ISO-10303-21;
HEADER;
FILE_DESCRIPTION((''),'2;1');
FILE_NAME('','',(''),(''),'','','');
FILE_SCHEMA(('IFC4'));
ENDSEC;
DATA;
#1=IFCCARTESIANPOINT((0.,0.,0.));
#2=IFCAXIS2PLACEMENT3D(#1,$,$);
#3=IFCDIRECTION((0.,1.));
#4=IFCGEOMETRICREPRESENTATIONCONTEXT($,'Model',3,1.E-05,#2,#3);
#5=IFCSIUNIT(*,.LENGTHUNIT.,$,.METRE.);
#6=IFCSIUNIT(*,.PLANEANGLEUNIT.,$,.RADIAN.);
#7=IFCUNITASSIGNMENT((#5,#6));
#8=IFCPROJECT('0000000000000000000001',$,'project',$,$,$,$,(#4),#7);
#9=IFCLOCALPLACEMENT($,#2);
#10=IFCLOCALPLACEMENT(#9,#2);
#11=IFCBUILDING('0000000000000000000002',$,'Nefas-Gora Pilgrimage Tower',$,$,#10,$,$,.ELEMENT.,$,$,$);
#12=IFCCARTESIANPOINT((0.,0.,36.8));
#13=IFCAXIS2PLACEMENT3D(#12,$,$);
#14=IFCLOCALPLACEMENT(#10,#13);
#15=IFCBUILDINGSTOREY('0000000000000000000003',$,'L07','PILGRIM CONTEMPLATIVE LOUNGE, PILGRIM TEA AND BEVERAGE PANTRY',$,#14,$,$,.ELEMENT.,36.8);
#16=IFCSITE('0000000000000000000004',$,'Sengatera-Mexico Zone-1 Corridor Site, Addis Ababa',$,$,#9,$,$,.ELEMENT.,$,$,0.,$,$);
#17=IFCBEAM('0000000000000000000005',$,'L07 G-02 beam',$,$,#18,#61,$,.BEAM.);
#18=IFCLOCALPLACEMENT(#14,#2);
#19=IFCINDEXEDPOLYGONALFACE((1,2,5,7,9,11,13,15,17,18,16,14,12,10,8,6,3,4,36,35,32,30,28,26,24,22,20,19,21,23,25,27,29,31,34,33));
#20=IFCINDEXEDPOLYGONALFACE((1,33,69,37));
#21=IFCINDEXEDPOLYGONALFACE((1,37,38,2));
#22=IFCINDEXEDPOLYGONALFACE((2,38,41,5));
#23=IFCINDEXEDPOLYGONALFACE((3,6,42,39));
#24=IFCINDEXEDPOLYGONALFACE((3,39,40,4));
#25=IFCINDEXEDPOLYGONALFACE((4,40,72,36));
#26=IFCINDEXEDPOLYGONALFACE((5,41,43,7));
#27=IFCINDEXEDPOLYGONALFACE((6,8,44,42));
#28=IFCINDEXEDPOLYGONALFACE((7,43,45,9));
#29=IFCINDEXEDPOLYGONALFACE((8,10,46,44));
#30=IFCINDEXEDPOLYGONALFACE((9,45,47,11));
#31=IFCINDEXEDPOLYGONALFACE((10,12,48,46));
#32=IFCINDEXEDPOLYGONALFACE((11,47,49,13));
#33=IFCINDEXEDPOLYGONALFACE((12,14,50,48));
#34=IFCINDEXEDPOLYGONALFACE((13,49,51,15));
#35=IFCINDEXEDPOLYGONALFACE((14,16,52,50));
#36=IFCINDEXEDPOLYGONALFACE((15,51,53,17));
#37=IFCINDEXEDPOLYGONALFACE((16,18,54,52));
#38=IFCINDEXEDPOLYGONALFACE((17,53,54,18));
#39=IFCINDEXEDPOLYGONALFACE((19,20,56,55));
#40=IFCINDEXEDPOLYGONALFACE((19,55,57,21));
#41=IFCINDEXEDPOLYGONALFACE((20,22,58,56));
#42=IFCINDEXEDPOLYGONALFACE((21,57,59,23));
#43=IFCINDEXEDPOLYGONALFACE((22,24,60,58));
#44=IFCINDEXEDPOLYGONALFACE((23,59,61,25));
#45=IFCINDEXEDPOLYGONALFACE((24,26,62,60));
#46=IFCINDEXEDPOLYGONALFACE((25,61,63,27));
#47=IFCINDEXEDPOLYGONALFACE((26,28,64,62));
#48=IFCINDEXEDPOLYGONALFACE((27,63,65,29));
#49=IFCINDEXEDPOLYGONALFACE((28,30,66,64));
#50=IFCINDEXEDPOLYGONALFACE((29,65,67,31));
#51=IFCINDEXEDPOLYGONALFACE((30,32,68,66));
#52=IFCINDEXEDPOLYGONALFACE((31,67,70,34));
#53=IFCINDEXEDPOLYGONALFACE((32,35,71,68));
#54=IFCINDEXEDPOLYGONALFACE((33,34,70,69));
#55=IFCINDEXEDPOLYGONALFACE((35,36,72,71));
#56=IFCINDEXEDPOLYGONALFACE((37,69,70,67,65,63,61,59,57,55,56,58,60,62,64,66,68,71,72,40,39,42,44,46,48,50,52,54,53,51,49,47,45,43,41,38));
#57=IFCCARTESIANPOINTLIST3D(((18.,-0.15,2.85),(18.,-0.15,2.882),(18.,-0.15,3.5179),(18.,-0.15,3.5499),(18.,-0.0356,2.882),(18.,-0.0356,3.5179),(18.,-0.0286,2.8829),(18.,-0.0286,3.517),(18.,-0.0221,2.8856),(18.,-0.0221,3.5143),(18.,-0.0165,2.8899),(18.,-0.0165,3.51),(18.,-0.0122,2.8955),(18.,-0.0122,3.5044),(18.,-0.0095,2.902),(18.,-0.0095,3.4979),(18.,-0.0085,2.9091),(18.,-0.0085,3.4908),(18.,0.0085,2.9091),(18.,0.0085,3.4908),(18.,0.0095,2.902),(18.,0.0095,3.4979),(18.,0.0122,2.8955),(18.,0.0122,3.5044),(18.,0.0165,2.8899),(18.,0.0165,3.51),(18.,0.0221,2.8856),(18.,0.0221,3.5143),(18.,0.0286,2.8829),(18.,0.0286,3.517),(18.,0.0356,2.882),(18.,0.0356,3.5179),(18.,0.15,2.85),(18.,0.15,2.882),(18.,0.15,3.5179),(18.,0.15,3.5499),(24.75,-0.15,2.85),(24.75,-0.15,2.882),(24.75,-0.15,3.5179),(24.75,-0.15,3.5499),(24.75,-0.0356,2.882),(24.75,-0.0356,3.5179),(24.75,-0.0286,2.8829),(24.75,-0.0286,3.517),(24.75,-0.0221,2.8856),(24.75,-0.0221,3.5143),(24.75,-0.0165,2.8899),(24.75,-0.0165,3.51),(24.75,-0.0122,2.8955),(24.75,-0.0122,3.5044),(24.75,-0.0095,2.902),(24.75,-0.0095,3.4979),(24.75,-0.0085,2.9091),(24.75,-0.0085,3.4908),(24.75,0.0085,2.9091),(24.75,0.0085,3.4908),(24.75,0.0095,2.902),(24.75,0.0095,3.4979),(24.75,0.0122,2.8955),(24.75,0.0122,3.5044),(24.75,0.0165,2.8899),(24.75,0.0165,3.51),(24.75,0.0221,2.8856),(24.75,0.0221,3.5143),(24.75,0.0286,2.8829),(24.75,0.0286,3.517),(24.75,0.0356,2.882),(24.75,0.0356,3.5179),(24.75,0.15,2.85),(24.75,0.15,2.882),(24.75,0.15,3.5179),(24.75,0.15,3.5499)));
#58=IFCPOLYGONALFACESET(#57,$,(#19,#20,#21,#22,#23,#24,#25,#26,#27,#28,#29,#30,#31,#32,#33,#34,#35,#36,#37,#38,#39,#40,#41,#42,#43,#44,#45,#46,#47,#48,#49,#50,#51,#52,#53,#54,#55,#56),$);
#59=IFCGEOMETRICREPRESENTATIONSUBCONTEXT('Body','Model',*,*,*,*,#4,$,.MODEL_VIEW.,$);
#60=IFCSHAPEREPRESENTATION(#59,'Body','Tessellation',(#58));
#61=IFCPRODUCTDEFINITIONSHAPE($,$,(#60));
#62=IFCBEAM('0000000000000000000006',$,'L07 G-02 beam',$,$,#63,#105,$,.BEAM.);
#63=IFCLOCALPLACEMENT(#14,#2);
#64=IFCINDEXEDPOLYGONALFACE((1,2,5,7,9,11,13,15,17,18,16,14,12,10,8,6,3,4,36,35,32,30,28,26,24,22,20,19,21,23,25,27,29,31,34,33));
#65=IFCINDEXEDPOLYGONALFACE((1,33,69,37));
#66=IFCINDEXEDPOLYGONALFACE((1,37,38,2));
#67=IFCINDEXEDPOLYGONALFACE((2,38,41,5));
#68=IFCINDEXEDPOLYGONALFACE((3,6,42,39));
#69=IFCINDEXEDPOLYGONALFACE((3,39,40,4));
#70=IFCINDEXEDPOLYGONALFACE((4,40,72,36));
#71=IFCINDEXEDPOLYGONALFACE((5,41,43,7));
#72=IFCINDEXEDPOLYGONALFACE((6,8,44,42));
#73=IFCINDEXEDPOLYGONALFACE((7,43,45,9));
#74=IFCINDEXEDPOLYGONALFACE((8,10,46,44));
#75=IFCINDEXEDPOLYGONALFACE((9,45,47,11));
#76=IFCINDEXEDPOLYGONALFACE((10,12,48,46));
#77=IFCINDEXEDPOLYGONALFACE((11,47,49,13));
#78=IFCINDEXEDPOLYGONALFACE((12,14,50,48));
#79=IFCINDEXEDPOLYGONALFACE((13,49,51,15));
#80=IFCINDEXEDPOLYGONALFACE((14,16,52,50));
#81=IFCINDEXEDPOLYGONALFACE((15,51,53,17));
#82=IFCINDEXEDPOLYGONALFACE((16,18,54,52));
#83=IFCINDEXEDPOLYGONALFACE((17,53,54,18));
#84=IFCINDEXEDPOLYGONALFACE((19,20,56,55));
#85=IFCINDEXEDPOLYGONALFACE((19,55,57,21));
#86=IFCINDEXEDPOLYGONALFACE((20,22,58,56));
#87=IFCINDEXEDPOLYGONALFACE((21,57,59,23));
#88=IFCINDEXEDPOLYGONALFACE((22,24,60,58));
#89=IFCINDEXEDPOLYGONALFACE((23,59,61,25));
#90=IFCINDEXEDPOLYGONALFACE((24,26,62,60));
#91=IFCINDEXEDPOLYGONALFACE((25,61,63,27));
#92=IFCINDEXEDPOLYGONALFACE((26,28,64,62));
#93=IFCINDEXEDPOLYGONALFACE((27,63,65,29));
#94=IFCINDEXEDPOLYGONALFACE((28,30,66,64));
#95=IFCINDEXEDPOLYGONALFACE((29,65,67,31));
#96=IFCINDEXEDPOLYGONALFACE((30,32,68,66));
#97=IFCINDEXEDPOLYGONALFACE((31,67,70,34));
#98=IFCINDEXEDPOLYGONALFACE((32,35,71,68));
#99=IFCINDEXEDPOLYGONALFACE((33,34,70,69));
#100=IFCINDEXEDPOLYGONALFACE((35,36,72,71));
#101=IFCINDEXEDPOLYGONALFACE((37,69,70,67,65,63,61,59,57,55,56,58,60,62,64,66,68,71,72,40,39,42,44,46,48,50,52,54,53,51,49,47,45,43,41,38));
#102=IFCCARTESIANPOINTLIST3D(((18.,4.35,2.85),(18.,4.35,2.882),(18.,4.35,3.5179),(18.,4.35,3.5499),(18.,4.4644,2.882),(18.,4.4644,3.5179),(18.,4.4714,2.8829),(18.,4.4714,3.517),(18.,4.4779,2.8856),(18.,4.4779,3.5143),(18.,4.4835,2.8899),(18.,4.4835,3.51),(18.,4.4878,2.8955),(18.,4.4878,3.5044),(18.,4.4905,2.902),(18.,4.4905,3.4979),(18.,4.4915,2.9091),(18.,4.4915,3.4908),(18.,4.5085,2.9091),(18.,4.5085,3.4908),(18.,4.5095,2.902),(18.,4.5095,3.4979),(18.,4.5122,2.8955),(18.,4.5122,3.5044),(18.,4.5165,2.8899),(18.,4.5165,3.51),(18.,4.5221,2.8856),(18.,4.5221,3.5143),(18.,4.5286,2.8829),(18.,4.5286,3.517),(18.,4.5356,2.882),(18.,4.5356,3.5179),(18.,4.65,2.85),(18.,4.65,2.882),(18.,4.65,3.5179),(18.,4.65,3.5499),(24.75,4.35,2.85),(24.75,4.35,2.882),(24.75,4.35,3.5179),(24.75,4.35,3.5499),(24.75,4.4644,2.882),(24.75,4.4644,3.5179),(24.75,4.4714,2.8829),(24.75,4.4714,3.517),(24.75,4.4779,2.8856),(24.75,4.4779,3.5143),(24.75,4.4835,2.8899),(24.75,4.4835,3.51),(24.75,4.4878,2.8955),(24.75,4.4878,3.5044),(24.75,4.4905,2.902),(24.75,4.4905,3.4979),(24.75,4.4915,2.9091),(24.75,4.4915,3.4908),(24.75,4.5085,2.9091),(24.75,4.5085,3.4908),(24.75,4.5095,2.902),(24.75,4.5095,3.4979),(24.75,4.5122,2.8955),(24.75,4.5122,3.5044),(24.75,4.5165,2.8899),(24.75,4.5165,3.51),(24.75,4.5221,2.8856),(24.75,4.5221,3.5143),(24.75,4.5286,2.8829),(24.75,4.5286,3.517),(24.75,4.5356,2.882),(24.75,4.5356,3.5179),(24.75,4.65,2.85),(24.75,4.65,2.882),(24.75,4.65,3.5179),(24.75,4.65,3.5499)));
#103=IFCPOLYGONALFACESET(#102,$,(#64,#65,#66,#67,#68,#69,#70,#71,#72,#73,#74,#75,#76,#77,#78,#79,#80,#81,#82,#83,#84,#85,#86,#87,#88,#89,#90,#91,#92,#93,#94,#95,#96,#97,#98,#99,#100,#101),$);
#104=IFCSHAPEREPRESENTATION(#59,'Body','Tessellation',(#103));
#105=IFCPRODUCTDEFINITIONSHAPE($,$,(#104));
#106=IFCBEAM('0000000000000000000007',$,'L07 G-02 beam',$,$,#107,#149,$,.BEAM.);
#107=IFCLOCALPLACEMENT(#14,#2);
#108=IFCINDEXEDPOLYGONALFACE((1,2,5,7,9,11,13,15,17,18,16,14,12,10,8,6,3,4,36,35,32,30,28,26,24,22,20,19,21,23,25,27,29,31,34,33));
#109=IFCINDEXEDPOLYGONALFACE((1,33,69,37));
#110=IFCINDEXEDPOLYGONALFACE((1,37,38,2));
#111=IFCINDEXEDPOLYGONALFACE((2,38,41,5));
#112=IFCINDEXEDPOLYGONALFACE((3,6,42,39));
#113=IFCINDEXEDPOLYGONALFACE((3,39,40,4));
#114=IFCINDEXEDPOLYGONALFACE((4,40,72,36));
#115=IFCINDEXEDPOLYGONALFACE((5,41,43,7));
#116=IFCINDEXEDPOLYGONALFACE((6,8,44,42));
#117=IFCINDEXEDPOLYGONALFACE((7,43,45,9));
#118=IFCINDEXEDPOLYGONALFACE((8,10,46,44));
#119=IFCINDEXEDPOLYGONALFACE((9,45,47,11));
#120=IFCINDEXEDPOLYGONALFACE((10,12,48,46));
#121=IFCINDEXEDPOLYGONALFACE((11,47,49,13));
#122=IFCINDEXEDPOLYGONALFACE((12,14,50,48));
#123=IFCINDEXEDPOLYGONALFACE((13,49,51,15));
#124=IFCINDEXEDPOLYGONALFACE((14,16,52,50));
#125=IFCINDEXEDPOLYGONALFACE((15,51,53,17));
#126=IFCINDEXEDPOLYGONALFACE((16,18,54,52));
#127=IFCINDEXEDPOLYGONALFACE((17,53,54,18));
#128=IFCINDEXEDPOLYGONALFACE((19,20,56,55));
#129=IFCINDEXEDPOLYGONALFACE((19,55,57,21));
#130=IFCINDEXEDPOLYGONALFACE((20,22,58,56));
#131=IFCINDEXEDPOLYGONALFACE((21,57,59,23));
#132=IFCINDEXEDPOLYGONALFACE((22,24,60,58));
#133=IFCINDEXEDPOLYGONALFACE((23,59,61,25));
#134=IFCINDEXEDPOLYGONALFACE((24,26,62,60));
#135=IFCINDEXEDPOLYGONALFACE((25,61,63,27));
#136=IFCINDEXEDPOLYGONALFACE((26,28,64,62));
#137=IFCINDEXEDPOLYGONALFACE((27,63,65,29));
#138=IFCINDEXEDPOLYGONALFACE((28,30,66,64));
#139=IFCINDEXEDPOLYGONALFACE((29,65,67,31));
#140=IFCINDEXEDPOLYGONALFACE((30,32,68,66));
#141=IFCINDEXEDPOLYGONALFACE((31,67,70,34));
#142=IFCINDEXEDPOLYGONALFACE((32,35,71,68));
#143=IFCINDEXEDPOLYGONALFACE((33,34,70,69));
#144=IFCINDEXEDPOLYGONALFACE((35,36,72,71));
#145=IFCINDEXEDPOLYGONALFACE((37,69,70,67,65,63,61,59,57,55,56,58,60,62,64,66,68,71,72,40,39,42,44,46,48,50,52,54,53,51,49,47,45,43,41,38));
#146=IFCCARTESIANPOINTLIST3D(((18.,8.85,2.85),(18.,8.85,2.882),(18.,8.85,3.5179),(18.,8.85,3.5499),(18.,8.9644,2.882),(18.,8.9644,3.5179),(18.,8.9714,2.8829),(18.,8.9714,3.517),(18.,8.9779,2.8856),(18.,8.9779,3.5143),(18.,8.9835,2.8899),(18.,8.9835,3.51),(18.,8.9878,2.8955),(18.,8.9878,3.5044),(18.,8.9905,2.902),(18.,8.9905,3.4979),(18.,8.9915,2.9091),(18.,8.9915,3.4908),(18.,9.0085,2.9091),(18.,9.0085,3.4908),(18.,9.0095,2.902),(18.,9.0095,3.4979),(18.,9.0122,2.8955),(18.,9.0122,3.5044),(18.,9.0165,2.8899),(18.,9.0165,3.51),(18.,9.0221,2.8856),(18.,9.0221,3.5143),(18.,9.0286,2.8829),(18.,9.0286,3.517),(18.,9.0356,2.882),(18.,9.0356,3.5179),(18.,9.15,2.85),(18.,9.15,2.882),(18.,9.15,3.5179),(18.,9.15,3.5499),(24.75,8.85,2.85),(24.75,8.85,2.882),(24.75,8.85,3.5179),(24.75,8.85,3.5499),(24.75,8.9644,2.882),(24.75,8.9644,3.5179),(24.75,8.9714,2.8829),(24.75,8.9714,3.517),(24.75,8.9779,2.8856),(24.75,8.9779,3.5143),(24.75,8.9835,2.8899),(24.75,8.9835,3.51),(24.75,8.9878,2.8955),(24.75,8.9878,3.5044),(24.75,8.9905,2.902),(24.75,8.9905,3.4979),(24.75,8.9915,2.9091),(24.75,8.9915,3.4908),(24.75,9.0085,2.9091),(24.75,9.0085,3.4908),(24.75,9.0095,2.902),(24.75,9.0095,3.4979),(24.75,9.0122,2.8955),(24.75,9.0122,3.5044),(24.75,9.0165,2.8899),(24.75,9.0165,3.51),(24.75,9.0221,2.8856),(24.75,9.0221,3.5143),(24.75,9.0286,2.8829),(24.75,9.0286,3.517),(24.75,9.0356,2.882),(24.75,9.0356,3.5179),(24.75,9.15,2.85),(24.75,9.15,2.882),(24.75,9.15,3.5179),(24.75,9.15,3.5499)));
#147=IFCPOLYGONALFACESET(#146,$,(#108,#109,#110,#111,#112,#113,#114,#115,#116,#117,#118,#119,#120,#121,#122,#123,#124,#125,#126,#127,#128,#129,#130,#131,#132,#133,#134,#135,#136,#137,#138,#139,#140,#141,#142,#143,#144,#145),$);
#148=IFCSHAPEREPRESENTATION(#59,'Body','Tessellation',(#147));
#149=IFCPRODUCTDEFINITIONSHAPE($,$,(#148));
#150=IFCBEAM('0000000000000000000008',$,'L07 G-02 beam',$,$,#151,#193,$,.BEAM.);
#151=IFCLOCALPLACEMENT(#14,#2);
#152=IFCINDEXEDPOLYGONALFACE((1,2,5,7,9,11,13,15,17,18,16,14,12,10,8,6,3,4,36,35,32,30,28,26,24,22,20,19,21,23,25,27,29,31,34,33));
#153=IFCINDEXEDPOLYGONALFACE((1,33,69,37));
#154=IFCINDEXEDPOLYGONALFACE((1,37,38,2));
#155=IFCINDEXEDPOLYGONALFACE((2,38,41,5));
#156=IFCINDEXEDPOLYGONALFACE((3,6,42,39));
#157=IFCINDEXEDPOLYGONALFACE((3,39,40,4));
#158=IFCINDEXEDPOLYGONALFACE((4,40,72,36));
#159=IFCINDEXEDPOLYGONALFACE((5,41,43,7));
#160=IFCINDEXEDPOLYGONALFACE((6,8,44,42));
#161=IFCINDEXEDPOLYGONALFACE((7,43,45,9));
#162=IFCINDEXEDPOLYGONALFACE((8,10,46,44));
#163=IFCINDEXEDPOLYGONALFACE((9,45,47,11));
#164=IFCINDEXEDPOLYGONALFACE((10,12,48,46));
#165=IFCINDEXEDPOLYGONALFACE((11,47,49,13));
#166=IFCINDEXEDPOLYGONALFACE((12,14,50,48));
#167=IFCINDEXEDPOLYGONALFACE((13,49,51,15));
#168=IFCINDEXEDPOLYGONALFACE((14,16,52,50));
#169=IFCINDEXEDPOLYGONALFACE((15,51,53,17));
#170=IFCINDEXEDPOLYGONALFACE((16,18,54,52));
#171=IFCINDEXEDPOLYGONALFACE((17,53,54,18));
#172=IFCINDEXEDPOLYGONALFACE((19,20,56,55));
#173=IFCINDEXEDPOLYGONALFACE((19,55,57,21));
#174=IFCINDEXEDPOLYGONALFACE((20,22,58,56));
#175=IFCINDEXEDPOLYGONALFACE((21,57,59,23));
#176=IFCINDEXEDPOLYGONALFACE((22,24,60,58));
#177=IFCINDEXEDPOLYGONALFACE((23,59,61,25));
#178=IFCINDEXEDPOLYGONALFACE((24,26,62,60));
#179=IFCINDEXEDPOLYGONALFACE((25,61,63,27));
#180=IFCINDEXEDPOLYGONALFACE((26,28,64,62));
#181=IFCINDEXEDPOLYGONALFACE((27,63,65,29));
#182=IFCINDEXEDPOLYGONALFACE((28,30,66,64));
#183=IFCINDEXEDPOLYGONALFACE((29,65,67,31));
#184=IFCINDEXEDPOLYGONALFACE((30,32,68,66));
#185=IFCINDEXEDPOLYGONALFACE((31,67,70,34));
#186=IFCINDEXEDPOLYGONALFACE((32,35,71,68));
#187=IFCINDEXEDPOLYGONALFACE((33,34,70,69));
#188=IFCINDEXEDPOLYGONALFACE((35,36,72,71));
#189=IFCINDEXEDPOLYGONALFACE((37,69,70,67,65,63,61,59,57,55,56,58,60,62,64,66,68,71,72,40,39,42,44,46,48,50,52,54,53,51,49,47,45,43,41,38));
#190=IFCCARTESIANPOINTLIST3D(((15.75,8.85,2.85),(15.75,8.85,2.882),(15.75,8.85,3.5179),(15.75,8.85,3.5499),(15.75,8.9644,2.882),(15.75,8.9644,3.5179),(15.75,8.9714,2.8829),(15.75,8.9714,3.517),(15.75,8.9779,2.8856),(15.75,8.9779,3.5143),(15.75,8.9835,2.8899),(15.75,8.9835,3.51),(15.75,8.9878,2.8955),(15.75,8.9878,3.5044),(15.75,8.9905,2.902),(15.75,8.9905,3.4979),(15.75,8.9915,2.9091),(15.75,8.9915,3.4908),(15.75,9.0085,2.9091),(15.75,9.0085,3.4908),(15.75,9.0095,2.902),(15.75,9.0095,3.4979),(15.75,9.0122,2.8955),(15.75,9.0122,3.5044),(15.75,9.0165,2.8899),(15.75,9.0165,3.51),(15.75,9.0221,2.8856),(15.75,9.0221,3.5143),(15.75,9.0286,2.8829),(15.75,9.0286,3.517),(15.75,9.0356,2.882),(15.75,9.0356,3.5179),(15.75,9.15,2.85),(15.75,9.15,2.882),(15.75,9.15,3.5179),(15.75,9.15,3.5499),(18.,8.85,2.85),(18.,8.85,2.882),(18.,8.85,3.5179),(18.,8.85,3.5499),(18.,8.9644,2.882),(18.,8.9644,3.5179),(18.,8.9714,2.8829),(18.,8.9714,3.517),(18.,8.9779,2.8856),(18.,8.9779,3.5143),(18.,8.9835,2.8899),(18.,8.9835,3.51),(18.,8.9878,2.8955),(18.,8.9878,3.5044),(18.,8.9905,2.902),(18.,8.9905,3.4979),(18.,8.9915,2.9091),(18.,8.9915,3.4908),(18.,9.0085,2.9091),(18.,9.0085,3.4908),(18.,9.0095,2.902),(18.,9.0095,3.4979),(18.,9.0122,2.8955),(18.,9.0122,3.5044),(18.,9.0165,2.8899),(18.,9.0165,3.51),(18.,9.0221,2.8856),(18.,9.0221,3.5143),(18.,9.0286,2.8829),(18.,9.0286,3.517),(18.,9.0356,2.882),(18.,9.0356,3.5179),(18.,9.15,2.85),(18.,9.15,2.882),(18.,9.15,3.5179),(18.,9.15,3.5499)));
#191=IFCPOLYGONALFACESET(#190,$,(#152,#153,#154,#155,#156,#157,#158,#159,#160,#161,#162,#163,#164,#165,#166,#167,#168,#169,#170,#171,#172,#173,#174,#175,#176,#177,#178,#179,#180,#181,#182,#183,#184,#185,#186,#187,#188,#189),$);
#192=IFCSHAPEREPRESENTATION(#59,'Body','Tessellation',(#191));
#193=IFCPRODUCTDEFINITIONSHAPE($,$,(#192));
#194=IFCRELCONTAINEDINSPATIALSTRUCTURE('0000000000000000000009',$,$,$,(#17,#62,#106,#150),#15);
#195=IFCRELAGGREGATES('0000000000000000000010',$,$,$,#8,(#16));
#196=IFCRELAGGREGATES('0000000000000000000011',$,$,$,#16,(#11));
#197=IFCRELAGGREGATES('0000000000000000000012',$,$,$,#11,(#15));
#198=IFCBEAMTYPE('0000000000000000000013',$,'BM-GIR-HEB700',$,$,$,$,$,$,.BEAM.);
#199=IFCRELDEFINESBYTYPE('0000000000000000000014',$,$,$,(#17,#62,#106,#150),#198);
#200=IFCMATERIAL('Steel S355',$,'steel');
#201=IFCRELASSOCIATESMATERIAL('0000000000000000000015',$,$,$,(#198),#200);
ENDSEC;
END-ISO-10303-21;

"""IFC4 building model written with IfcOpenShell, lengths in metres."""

from ifc_helpers import new_model, si_unit, direction, frame, origin, origin_2d, place, context, subcontext, project, spatial, i_section, extrude, source, transform, mapped, material, material_profile, profile_set, type_object, element, save


model = new_model("IFC4")

# Units and contexts
model_context = context("Model", 3, precision=1e-05, world=origin(), true_north=direction((0.0, 1.0)))
body_context = subcontext(model_context, "Body", "Model", "MODEL_VIEW")
ifc_project = project(units=[si_unit("LENGTHUNIT", "METRE"), si_unit("PLANEANGLEUNIT", "RADIAN")], contexts=[model_context])

# Site, building, storey
site_placement = place(None, origin())
site = spatial("IfcSite", under=ifc_project, at=site_placement, Name="Sengatera-Mexico Zone-1 Corridor Site, Addis Ababa", CompositionType="ELEMENT", RefElevation=0.0)
building_placement = place(site_placement, origin())
building = spatial("IfcBuilding", under=site, at=building_placement, Name="Nefas-Gora Pilgrimage Tower", CompositionType="ELEMENT")
storey_placement = place(building_placement, frame((0.0, 0.0, 36.8)))
storey = spatial("IfcBuildingStorey", under=building, at=storey_placement, Name="L07", Description="PILGRIM CONTEMPLATIVE LOUNGE, PILGRIM TEA AND BEVERAGE PANTRY", CompositionType="ELEMENT", Elevation=36.8)

# Beams
ifc_material_1 = material(Name="Steel S355", Category="steel")
ifc_material_profile_1 = material_profile(ifc_material_1, i_section(OverallWidth=0.3, OverallDepth=0.7, WebThickness=0.0171, FlangeThickness=0.032, FilletRadius=0.0271, at=origin_2d()), Name="HEB 700")
ifc_profile_set_1 = profile_set([ifc_material_profile_1], Name="Steel S355")
beam_type_1 = type_object("IfcBeamType", Name="BM-GIR-HEB700", PredefinedType="BEAM", material=ifc_profile_set_1)
shared_shape_1 = source(origin(), body_context, "Body", "SweptSolid", [
    extrude(i_section(OverallWidth=0.3, OverallDepth=0.7, WebThickness=0.0171, FlangeThickness=0.032, FilletRadius=0.0271, at=origin_2d()), origin(), (0.0, 0.0, 1.0), 6.75),
])
for number, where, z_axis, x_axis, name in (
    (1, (18.0, 0.0, 3.2), (1.0, 0.0, 0.0), (0.0, 1.0, 0.0), "L07 G-02 beam"),
    (2, (18.0, 4.5, 3.2), (1.0, 0.0, 0.0), (0.0, 1.0, 0.0), "L07 G-02 beam"),
    (3, (18.0, 9.0, 3.2), (1.0, 0.0, 0.0), (0.0, 1.0, 0.0), "L07 G-02 beam"),
):
    element("IfcBeam", number, at=place(storey_placement, frame(where, z_axis=z_axis, x_axis=x_axis)), inside=storey, type_object=beam_type_1, Name=name, PredefinedType="BEAM", context=body_context, shape_type="MappedRepresentation", body=[
        mapped(shared_shape_1, transform((0.0, 0.0, 0.0), x_axis=(1.0, 0.0, 0.0), y_axis=(0.0, 1.0, 0.0), z_axis=(0.0, 0.0, 1.0), scale=1.0)),
    ])
shared_shape_2 = source(origin(), body_context, "Body", "SweptSolid", [
    extrude(i_section(OverallWidth=0.3, OverallDepth=0.7, WebThickness=0.0171, FlangeThickness=0.032, FilletRadius=0.0271, at=origin_2d()), origin(), (0.0, 0.0, 1.0), 2.25),
])
beam_placement = place(storey_placement, frame((15.75, 9.0, 3.2), z_axis=(1.0, 0.0, 0.0), x_axis=(0.0, 1.0, 0.0)))
element("IfcBeam", 4, at=beam_placement, inside=storey, type_object=beam_type_1, Name="L07 G-02 beam", PredefinedType="BEAM", context=body_context, shape_type="MappedRepresentation", body=[
    mapped(shared_shape_2, transform((0.0, 0.0, 0.0), x_axis=(1.0, 0.0, 0.0), y_axis=(0.0, 1.0, 0.0), z_axis=(0.0, 0.0, 1.0), scale=1.0)),
])

save(model, "model.ifc")
